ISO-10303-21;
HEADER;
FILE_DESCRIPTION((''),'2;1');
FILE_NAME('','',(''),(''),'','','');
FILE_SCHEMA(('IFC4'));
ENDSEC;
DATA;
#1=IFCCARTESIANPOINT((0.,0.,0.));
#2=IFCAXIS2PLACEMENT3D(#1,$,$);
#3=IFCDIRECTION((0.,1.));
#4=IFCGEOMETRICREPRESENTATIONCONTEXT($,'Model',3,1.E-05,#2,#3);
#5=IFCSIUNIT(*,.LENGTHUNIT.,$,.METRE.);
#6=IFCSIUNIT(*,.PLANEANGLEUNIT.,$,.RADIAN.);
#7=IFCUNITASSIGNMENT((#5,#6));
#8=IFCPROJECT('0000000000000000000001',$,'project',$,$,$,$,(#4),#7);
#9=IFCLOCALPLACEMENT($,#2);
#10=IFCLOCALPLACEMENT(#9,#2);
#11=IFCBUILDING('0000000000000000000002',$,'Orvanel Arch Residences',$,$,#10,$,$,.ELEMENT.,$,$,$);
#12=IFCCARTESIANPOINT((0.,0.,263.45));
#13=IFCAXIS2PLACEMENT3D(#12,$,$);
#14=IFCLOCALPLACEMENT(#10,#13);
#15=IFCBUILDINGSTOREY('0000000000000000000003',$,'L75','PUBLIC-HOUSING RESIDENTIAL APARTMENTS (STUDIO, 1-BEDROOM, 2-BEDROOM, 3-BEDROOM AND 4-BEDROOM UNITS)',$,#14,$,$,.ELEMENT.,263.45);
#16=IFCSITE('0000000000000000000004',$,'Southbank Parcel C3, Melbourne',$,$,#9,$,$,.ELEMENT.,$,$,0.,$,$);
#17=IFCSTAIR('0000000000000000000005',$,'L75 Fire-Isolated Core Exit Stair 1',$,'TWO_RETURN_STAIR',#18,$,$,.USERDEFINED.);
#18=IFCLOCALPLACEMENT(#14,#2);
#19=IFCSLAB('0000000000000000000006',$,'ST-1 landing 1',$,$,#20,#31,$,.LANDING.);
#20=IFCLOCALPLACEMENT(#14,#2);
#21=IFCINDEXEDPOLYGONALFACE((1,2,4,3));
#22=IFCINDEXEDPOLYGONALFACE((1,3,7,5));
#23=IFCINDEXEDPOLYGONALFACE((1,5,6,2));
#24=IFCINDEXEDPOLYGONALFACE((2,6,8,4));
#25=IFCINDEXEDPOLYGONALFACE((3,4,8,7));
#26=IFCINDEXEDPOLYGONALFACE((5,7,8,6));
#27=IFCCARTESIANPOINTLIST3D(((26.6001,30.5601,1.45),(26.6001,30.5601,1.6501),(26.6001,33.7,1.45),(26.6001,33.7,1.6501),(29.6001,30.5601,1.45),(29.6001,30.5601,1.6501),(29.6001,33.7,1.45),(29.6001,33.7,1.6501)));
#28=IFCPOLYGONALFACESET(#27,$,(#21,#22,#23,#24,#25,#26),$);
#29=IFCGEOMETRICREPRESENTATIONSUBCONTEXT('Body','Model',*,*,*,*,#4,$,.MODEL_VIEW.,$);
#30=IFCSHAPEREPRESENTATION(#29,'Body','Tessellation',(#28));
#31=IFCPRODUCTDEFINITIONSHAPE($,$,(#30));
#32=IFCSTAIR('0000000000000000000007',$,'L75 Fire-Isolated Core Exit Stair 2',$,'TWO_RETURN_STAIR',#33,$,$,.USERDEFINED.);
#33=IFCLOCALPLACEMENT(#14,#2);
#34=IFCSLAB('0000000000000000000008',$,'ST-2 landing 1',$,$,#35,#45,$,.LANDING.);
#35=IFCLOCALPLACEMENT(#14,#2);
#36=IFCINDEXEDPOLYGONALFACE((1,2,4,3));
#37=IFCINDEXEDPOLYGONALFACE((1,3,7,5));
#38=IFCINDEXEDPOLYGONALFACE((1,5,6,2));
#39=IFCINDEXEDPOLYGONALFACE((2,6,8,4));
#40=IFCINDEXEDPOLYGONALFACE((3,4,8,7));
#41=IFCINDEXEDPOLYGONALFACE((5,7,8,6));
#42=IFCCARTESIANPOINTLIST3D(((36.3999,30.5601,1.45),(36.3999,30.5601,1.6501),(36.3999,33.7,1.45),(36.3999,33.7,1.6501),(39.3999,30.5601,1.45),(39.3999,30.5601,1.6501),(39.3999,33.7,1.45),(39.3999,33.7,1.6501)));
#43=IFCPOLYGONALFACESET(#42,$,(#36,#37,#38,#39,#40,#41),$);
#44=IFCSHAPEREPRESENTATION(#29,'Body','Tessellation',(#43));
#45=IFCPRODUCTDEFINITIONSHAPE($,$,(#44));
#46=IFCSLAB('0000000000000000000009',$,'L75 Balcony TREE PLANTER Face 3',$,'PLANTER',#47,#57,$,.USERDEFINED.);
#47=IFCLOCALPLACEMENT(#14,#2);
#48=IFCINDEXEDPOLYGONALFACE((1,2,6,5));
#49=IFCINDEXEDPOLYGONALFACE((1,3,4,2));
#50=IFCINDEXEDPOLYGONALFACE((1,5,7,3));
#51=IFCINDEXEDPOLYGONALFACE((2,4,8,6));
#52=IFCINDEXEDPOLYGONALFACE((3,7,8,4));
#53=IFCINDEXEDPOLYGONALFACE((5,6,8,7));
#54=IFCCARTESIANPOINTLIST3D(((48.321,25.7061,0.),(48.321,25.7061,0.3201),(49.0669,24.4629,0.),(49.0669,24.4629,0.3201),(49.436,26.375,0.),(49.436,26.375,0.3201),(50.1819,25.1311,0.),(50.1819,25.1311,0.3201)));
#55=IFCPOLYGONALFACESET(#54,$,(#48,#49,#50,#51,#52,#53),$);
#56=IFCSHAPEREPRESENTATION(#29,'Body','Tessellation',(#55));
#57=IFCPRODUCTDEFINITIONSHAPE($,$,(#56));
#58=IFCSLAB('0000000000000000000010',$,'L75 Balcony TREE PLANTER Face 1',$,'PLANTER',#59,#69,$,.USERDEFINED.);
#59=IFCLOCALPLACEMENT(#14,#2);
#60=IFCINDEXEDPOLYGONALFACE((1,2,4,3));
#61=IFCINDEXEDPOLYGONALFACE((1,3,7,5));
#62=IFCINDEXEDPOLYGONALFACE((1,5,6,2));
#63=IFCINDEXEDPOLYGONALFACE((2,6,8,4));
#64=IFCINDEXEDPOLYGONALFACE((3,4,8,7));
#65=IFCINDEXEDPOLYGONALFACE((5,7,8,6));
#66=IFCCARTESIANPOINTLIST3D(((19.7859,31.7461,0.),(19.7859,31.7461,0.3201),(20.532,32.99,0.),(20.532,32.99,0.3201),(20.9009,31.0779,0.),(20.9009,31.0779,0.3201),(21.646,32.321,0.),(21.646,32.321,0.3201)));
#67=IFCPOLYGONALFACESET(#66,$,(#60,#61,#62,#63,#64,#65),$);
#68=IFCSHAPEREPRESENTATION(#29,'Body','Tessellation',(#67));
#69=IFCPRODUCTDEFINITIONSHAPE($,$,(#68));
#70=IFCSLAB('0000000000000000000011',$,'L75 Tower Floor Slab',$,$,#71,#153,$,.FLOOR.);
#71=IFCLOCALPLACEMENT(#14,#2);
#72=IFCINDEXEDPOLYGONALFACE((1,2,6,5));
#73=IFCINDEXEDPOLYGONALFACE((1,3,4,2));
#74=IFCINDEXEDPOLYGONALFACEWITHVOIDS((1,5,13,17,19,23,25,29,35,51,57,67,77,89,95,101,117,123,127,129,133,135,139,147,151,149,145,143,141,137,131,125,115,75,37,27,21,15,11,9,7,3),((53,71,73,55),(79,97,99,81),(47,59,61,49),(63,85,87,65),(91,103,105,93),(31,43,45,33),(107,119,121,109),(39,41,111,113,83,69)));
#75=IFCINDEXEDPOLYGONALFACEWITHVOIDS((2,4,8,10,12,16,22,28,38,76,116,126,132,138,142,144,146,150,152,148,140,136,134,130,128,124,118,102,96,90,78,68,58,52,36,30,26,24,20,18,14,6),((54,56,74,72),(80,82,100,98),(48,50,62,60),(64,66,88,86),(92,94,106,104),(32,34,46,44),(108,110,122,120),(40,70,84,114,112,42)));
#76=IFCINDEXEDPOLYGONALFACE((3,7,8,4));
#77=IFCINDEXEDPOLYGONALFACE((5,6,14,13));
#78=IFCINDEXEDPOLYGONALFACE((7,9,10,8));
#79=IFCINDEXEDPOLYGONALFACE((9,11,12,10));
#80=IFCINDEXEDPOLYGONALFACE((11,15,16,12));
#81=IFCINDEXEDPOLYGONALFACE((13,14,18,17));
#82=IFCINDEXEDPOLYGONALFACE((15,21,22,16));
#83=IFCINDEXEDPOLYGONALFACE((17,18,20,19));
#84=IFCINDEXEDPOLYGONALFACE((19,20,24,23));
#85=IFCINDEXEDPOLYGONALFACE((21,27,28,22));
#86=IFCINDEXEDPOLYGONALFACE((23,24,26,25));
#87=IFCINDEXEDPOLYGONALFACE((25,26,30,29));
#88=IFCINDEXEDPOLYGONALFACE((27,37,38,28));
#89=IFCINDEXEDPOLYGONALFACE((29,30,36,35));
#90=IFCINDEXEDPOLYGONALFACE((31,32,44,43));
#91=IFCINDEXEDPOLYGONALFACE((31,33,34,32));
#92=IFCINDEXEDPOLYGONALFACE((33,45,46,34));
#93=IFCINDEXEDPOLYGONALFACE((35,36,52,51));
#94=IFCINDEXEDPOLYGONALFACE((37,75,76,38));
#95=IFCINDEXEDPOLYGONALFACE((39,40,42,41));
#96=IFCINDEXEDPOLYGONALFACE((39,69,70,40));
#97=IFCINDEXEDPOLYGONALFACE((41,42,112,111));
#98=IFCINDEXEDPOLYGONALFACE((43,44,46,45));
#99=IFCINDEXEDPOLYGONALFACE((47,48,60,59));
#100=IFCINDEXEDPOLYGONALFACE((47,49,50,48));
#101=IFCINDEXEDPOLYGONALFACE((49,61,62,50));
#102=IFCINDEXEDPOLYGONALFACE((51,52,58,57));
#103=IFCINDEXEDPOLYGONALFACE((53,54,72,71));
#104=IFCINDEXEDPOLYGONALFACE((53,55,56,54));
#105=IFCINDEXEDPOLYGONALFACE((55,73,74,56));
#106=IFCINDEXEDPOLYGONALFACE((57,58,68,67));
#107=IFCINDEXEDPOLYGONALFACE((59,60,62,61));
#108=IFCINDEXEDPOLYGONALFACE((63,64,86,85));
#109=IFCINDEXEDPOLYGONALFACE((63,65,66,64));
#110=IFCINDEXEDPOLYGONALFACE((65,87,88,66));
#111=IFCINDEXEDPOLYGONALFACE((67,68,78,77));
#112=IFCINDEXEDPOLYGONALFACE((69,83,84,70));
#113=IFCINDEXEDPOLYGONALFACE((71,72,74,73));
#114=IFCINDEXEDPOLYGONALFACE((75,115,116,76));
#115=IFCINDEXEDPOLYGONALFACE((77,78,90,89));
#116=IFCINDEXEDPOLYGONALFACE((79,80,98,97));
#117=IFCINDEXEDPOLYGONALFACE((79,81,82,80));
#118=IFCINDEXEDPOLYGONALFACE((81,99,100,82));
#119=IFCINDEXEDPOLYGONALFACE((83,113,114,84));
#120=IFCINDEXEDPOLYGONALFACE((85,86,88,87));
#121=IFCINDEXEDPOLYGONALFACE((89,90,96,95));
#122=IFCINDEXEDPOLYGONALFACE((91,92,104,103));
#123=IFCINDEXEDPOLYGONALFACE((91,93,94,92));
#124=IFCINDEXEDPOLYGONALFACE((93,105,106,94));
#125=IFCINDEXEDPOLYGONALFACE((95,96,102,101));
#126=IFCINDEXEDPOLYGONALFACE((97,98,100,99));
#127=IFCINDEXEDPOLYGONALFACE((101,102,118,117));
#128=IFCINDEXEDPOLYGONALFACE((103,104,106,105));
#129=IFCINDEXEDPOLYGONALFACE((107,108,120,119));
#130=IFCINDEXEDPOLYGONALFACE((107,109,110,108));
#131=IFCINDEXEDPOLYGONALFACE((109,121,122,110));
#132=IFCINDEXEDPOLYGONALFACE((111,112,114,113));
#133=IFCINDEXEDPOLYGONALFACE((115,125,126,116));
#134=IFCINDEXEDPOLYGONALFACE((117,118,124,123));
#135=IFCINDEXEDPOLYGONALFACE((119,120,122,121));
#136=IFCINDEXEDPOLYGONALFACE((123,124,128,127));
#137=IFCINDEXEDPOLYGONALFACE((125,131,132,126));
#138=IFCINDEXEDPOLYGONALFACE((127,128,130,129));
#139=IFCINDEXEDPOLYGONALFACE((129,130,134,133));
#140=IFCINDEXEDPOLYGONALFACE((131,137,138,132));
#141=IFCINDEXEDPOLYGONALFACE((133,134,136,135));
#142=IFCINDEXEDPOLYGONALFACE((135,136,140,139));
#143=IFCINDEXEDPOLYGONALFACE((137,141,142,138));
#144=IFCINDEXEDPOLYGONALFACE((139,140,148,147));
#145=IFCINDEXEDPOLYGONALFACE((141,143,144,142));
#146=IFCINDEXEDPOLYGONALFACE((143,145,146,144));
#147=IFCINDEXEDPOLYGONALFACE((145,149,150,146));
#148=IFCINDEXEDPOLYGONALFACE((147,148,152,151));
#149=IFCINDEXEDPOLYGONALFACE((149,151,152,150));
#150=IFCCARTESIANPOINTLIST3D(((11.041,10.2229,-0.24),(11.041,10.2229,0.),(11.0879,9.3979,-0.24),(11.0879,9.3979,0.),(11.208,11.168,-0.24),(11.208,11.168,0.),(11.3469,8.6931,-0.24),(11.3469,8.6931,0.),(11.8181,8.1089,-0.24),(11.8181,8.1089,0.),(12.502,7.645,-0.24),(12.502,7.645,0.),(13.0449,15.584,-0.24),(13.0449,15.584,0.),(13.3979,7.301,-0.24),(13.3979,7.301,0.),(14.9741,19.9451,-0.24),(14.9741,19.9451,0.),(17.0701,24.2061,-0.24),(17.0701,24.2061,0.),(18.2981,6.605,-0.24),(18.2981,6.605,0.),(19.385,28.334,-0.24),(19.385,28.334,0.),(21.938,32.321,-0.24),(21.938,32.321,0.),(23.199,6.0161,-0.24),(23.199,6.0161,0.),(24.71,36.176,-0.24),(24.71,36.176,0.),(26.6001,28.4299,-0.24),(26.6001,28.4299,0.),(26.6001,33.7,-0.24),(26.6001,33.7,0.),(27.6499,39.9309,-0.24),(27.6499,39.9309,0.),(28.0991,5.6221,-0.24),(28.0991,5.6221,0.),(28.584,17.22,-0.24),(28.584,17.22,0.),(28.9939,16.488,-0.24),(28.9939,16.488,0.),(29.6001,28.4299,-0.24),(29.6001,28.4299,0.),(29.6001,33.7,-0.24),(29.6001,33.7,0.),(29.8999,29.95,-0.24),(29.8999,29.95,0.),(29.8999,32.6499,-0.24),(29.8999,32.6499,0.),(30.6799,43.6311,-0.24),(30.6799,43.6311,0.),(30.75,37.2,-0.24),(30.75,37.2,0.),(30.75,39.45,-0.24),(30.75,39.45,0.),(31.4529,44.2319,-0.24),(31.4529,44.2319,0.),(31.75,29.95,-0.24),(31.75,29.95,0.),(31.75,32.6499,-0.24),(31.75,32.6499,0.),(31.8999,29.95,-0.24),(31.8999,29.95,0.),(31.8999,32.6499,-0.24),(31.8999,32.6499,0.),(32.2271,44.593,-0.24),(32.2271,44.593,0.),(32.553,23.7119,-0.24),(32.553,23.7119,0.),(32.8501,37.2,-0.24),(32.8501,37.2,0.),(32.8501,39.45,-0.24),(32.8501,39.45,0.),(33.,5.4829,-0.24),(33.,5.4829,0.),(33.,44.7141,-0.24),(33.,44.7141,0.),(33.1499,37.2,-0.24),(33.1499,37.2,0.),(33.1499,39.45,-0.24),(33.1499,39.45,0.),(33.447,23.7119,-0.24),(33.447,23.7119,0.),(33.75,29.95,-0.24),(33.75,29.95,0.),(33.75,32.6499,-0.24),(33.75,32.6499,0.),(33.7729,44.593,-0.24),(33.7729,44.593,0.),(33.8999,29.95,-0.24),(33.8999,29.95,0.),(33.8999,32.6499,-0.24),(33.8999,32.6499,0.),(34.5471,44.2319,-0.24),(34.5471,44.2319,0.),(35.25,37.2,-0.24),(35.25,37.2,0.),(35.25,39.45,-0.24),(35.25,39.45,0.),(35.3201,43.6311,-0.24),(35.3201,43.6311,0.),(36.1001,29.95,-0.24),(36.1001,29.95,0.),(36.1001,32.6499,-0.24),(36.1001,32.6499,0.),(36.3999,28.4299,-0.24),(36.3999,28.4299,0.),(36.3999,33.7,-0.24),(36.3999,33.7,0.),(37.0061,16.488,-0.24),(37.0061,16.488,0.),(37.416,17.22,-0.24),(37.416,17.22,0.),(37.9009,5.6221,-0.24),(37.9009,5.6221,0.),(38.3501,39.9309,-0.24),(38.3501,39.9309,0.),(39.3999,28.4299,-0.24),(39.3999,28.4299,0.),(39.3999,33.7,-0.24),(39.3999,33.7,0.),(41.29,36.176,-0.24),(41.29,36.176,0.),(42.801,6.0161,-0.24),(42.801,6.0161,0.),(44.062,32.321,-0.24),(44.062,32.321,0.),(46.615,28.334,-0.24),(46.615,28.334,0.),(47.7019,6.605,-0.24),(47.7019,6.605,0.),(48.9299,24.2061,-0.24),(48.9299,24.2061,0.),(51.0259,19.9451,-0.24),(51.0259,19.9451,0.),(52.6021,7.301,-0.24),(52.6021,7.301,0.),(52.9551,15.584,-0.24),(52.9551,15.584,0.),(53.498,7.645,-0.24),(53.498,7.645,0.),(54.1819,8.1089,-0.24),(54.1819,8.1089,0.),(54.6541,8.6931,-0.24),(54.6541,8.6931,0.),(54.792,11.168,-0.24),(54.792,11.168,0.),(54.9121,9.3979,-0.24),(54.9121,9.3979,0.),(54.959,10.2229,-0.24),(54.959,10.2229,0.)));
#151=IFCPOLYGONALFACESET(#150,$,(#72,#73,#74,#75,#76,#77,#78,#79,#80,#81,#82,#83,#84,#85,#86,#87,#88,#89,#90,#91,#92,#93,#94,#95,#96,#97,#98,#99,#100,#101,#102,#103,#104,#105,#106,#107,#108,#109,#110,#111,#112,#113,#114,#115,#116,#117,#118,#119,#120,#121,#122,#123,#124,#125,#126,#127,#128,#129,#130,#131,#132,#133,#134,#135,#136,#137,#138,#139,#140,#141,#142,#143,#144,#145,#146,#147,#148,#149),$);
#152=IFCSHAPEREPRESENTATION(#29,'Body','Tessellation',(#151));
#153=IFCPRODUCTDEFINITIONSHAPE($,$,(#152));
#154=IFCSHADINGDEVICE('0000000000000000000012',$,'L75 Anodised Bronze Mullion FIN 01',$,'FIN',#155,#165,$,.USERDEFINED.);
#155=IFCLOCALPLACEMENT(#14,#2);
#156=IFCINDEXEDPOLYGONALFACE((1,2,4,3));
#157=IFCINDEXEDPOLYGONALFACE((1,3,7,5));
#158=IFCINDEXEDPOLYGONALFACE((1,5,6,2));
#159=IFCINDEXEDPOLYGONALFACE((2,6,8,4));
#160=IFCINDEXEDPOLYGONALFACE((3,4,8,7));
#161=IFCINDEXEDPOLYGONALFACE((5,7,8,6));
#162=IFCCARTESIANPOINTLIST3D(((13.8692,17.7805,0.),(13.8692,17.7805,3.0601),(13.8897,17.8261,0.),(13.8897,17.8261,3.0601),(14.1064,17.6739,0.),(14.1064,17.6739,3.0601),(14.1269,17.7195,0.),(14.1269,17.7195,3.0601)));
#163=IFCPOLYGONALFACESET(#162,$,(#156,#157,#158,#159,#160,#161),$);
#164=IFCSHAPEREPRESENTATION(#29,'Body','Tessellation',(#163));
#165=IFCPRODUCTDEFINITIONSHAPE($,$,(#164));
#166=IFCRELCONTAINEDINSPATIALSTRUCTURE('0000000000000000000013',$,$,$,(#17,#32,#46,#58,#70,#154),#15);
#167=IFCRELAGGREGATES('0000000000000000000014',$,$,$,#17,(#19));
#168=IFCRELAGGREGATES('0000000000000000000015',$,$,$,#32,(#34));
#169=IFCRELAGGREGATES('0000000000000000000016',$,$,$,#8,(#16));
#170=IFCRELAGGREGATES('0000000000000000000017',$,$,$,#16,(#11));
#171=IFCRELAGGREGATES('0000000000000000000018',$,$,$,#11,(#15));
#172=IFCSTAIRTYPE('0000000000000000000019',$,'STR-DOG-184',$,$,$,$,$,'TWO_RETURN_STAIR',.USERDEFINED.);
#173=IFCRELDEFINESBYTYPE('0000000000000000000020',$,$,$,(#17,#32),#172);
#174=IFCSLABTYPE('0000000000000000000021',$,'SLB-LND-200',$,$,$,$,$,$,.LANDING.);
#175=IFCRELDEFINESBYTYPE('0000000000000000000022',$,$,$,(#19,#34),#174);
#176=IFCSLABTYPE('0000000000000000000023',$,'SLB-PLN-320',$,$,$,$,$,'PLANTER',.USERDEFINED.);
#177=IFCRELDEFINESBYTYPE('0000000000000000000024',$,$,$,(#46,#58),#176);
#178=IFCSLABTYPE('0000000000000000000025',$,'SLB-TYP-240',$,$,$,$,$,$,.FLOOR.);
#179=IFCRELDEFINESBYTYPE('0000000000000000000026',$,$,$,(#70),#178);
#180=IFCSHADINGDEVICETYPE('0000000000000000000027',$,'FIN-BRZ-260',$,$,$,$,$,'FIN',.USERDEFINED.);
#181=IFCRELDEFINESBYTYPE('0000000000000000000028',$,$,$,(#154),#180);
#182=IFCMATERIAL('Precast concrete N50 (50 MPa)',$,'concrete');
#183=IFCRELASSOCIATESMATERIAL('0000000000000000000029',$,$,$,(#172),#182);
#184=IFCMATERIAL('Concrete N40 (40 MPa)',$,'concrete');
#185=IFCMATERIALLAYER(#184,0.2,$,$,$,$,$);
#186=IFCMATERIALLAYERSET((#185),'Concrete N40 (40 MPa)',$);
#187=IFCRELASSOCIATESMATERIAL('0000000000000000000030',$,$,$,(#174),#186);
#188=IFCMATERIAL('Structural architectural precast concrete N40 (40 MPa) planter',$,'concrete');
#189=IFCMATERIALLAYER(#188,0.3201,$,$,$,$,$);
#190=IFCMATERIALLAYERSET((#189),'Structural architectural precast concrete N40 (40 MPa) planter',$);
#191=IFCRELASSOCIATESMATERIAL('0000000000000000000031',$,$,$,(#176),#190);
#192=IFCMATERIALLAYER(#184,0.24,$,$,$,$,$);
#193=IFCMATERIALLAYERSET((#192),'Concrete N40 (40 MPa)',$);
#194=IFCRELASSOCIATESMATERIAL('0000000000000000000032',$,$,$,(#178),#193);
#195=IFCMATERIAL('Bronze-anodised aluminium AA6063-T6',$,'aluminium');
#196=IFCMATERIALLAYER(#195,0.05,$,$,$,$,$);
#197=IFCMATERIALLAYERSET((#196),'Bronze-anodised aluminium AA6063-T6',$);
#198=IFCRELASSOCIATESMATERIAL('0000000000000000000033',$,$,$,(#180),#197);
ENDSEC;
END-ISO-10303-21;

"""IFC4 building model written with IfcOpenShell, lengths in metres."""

from ifc_helpers import new_model, si_unit, direction, frame, origin, origin_2d, place, context, subcontext, project, spatial, polyline, rectangle, outline, extrude, material, layer, layer_set, type_object, element, aggregate, save


model = new_model("IFC4")

# Units and contexts
model_context = context("Model", 3, precision=1e-05, world=origin(), true_north=direction((0.0, 1.0)))
body_context = subcontext(model_context, "Body", "Model", "MODEL_VIEW")
ifc_project = project(units=[si_unit("LENGTHUNIT", "METRE"), si_unit("PLANEANGLEUNIT", "RADIAN")], contexts=[model_context])

# Site, building, storey
site_placement = place(None, origin())
site = spatial("IfcSite", under=ifc_project, at=site_placement, Name="Southbank Parcel C3, Melbourne", CompositionType="ELEMENT", RefElevation=0.0)
building_placement = place(site_placement, origin())
building = spatial("IfcBuilding", under=site, at=building_placement, Name="Orvanel Arch Residences", CompositionType="ELEMENT")
storey_placement = place(building_placement, frame((0.0, 0.0, 263.45)))
storey = spatial("IfcBuildingStorey", under=building, at=storey_placement, Name="L75", Description="PUBLIC-HOUSING RESIDENTIAL APARTMENTS (STUDIO, 1-BEDROOM, 2-BEDROOM, 3-BEDROOM AND 4-BEDROOM UNITS)", CompositionType="ELEMENT", Elevation=263.45)

# Shared definitions
ifc_material_1 = material(Name="Bronze-anodised aluminium AA6063-T6", Category="aluminium")

# Shared definitions
ifc_material_2 = material(Name="Concrete N40 (40 MPa)", Category="concrete")

# Stairs, slabs
ifc_material_3 = material(Name="Precast concrete N50 (50 MPa)", Category="concrete")
stair_type = type_object("IfcStairType", Name="STR-DOG-184", ElementType="TWO_RETURN_STAIR", PredefinedType="USERDEFINED", material=ifc_material_3)
stair_1_placement = place(storey_placement, origin())
stair_1 = element("IfcStair", 1, at=stair_1_placement, inside=storey, type_object=stair_type, Name="L75 Fire-Isolated Core Exit Stair 1", ObjectType="TWO_RETURN_STAIR", PredefinedType="USERDEFINED")
ifc_layer_1 = layer(ifc_material_2, 0.2)
ifc_layer_set_1 = layer_set([ifc_layer_1], Name="Concrete N40 (40 MPa)")
slab_type_1 = type_object("IfcSlabType", Name="SLB-LND-200", PredefinedType="LANDING", material=ifc_layer_set_1)
slab_1_placement = place(storey_placement, frame((0.0, 0.0, 1.45)))
slab_1 = element("IfcSlab", 2, at=slab_1_placement, type_object=slab_type_1, Name="ST-1 landing 1", PredefinedType="LANDING", context=body_context, shape_type="SweptSolid", body=[
    extrude(outline(polyline([(29.6001, 30.5601), (29.6001, 33.7), (26.6001, 33.7), (26.6001, 30.5601), (29.6001, 30.5601)])), origin(), (0.0, 0.0, 1.0), 0.2002),
])
aggregate(stair_1, [slab_1])
stair_2_placement = place(storey_placement, origin())
stair_2 = element("IfcStair", 3, at=stair_2_placement, inside=storey, type_object=stair_type, Name="L75 Fire-Isolated Core Exit Stair 2", ObjectType="TWO_RETURN_STAIR", PredefinedType="USERDEFINED")
slab_2_placement = place(storey_placement, frame((0.0, 0.0, 1.45)))
slab_2 = element("IfcSlab", 4, at=slab_2_placement, type_object=slab_type_1, Name="ST-2 landing 1", PredefinedType="LANDING", context=body_context, shape_type="SweptSolid", body=[
    extrude(outline(polyline([(39.3999, 30.5601), (39.3999, 33.7), (36.3999, 33.7), (36.3999, 30.5601), (39.3999, 30.5601)])), origin(), (0.0, 0.0, 1.0), 0.2002),
])
aggregate(stair_2, [slab_2])

# Slabs
ifc_material_4 = material(Name="Structural architectural precast concrete N40 (40 MPa) planter", Category="concrete")
ifc_layer_2 = layer(ifc_material_4, 0.3201)
ifc_layer_set_2 = layer_set([ifc_layer_2], Name="Structural architectural precast concrete N40 (40 MPa) planter")
slab_type_2 = type_object("IfcSlabType", Name="SLB-PLN-320", ElementType="PLANTER", PredefinedType="USERDEFINED", material=ifc_layer_set_2)
slab_3_placement = place(storey_placement, origin())
element("IfcSlab", 5, at=slab_3_placement, inside=storey, type_object=slab_type_2, Name="L75 Balcony TREE PLANTER Face 3", ObjectType="PLANTER", PredefinedType="USERDEFINED", context=body_context, shape_type="SweptSolid", body=[
    extrude(outline(polyline([(50.1819, 25.1311), (49.436, 26.375), (48.321, 25.7061), (49.0669, 24.4629), (50.1819, 25.1311)])), origin(), (0.0, 0.0, 1.0), 0.3201),
])
slab_4_placement = place(storey_placement, origin())
element("IfcSlab", 6, at=slab_4_placement, inside=storey, type_object=slab_type_2, Name="L75 Balcony TREE PLANTER Face 1", ObjectType="PLANTER", PredefinedType="USERDEFINED", context=body_context, shape_type="SweptSolid", body=[
    extrude(outline(polyline([(20.532, 32.99), (19.7859, 31.7461), (20.9009, 31.0779), (21.646, 32.321), (20.532, 32.99)])), origin(), (0.0, 0.0, 1.0), 0.3201),
])
ifc_layer_3 = layer(ifc_material_2, 0.24)
ifc_layer_set_3 = layer_set([ifc_layer_3], Name="Concrete N40 (40 MPa)")
slab_type_3 = type_object("IfcSlabType", Name="SLB-TYP-240", PredefinedType="FLOOR", material=ifc_layer_set_3)
slab_5_placement = place(storey_placement, frame((0.0, 0.0, -0.24)))
element("IfcSlab", 7, at=slab_5_placement, inside=storey, type_object=slab_type_3, Name="L75 Tower Floor Slab", PredefinedType="FLOOR", context=body_context, shape_type="SweptSolid", body=[
    extrude(outline(polyline([(35.3201, 43.6311), (34.5471, 44.2319), (33.7729, 44.593), (33.0, 44.7141), (32.2271, 44.593), (31.4529, 44.2319), (30.6799, 43.6311), (27.6499, 39.9309), (24.71, 36.176), (21.938, 32.321), (19.385, 28.334), (17.0701, 24.2061), (14.9741, 19.9451), (13.0449, 15.584), (11.208, 11.168), (11.041, 10.2229), (11.0879, 9.3979), (11.3469, 8.6931), (11.8181, 8.1089), (12.502, 7.645), (13.3979, 7.301), (18.2981, 6.605), (23.199, 6.0161), (28.0991, 5.6221), (33.0, 5.4829), (37.9009, 5.6221), (42.801, 6.0161), (47.7019, 6.605), (52.6021, 7.301), (53.498, 7.645), (54.1819, 8.1089), (54.6541, 8.6931), (54.9121, 9.3979), (54.959, 10.2229), (54.792, 11.168), (52.9551, 15.584), (51.0259, 19.9451), (48.9299, 24.2061), (46.615, 28.334), (44.062, 32.321), (41.29, 36.176), (38.3501, 39.9309), (35.3201, 43.6311)]), holes=[polyline([(26.6001, 28.4299), (26.6001, 33.7), (29.6001, 33.7), (29.6001, 28.4299), (26.6001, 28.4299)]), polyline([(36.3999, 28.4299), (36.3999, 33.7), (39.3999, 33.7), (39.3999, 28.4299), (36.3999, 28.4299)]), polyline([(29.8999, 32.6499), (31.75, 32.6499), (31.75, 29.95), (29.8999, 29.95), (29.8999, 32.6499)]), polyline([(31.8999, 32.6499), (33.75, 32.6499), (33.75, 29.95), (31.8999, 29.95), (31.8999, 32.6499)]), polyline([(33.8999, 32.6499), (36.1001, 32.6499), (36.1001, 29.95), (33.8999, 29.95), (33.8999, 32.6499)]), polyline([(30.75, 39.45), (32.8501, 39.45), (32.8501, 37.2), (30.75, 37.2), (30.75, 39.45)]), polyline([(33.1499, 39.45), (35.25, 39.45), (35.25, 37.2), (33.1499, 37.2), (33.1499, 39.45)]), polyline([(37.416, 17.22), (37.0061, 16.488), (28.9939, 16.488), (28.584, 17.22), (32.553, 23.7119), (33.447, 23.7119), (37.416, 17.22)])]), origin(), (0.0, 0.0, 1.0), 0.24),
])

# Shading device
ifc_layer_4 = layer(ifc_material_1, 0.05)
ifc_layer_set_4 = layer_set([ifc_layer_4], Name="Bronze-anodised aluminium AA6063-T6")
shading_device_type = type_object("IfcShadingDeviceType", Name="FIN-BRZ-260", ElementType="FIN", PredefinedType="USERDEFINED", material=ifc_layer_set_4)
shading_device_placement = place(storey_placement, frame((13.998, 17.75, 0.0), z_axis=(0.0, 0.0, 1.0), x_axis=(-0.91212, 0.409923, 0.0)))
element("IfcShadingDevice", 8, at=shading_device_placement, inside=storey, type_object=shading_device_type, Name="L75 Anodised Bronze Mullion FIN 01", ObjectType="FIN", PredefinedType="USERDEFINED", context=body_context, shape_type="SweptSolid", body=[
    extrude(rectangle(XDim=0.26, YDim=0.05, at=origin_2d()), origin(), (0.0, 0.0, 1.0), 3.0601),
])

save(model, "model.ifc")
